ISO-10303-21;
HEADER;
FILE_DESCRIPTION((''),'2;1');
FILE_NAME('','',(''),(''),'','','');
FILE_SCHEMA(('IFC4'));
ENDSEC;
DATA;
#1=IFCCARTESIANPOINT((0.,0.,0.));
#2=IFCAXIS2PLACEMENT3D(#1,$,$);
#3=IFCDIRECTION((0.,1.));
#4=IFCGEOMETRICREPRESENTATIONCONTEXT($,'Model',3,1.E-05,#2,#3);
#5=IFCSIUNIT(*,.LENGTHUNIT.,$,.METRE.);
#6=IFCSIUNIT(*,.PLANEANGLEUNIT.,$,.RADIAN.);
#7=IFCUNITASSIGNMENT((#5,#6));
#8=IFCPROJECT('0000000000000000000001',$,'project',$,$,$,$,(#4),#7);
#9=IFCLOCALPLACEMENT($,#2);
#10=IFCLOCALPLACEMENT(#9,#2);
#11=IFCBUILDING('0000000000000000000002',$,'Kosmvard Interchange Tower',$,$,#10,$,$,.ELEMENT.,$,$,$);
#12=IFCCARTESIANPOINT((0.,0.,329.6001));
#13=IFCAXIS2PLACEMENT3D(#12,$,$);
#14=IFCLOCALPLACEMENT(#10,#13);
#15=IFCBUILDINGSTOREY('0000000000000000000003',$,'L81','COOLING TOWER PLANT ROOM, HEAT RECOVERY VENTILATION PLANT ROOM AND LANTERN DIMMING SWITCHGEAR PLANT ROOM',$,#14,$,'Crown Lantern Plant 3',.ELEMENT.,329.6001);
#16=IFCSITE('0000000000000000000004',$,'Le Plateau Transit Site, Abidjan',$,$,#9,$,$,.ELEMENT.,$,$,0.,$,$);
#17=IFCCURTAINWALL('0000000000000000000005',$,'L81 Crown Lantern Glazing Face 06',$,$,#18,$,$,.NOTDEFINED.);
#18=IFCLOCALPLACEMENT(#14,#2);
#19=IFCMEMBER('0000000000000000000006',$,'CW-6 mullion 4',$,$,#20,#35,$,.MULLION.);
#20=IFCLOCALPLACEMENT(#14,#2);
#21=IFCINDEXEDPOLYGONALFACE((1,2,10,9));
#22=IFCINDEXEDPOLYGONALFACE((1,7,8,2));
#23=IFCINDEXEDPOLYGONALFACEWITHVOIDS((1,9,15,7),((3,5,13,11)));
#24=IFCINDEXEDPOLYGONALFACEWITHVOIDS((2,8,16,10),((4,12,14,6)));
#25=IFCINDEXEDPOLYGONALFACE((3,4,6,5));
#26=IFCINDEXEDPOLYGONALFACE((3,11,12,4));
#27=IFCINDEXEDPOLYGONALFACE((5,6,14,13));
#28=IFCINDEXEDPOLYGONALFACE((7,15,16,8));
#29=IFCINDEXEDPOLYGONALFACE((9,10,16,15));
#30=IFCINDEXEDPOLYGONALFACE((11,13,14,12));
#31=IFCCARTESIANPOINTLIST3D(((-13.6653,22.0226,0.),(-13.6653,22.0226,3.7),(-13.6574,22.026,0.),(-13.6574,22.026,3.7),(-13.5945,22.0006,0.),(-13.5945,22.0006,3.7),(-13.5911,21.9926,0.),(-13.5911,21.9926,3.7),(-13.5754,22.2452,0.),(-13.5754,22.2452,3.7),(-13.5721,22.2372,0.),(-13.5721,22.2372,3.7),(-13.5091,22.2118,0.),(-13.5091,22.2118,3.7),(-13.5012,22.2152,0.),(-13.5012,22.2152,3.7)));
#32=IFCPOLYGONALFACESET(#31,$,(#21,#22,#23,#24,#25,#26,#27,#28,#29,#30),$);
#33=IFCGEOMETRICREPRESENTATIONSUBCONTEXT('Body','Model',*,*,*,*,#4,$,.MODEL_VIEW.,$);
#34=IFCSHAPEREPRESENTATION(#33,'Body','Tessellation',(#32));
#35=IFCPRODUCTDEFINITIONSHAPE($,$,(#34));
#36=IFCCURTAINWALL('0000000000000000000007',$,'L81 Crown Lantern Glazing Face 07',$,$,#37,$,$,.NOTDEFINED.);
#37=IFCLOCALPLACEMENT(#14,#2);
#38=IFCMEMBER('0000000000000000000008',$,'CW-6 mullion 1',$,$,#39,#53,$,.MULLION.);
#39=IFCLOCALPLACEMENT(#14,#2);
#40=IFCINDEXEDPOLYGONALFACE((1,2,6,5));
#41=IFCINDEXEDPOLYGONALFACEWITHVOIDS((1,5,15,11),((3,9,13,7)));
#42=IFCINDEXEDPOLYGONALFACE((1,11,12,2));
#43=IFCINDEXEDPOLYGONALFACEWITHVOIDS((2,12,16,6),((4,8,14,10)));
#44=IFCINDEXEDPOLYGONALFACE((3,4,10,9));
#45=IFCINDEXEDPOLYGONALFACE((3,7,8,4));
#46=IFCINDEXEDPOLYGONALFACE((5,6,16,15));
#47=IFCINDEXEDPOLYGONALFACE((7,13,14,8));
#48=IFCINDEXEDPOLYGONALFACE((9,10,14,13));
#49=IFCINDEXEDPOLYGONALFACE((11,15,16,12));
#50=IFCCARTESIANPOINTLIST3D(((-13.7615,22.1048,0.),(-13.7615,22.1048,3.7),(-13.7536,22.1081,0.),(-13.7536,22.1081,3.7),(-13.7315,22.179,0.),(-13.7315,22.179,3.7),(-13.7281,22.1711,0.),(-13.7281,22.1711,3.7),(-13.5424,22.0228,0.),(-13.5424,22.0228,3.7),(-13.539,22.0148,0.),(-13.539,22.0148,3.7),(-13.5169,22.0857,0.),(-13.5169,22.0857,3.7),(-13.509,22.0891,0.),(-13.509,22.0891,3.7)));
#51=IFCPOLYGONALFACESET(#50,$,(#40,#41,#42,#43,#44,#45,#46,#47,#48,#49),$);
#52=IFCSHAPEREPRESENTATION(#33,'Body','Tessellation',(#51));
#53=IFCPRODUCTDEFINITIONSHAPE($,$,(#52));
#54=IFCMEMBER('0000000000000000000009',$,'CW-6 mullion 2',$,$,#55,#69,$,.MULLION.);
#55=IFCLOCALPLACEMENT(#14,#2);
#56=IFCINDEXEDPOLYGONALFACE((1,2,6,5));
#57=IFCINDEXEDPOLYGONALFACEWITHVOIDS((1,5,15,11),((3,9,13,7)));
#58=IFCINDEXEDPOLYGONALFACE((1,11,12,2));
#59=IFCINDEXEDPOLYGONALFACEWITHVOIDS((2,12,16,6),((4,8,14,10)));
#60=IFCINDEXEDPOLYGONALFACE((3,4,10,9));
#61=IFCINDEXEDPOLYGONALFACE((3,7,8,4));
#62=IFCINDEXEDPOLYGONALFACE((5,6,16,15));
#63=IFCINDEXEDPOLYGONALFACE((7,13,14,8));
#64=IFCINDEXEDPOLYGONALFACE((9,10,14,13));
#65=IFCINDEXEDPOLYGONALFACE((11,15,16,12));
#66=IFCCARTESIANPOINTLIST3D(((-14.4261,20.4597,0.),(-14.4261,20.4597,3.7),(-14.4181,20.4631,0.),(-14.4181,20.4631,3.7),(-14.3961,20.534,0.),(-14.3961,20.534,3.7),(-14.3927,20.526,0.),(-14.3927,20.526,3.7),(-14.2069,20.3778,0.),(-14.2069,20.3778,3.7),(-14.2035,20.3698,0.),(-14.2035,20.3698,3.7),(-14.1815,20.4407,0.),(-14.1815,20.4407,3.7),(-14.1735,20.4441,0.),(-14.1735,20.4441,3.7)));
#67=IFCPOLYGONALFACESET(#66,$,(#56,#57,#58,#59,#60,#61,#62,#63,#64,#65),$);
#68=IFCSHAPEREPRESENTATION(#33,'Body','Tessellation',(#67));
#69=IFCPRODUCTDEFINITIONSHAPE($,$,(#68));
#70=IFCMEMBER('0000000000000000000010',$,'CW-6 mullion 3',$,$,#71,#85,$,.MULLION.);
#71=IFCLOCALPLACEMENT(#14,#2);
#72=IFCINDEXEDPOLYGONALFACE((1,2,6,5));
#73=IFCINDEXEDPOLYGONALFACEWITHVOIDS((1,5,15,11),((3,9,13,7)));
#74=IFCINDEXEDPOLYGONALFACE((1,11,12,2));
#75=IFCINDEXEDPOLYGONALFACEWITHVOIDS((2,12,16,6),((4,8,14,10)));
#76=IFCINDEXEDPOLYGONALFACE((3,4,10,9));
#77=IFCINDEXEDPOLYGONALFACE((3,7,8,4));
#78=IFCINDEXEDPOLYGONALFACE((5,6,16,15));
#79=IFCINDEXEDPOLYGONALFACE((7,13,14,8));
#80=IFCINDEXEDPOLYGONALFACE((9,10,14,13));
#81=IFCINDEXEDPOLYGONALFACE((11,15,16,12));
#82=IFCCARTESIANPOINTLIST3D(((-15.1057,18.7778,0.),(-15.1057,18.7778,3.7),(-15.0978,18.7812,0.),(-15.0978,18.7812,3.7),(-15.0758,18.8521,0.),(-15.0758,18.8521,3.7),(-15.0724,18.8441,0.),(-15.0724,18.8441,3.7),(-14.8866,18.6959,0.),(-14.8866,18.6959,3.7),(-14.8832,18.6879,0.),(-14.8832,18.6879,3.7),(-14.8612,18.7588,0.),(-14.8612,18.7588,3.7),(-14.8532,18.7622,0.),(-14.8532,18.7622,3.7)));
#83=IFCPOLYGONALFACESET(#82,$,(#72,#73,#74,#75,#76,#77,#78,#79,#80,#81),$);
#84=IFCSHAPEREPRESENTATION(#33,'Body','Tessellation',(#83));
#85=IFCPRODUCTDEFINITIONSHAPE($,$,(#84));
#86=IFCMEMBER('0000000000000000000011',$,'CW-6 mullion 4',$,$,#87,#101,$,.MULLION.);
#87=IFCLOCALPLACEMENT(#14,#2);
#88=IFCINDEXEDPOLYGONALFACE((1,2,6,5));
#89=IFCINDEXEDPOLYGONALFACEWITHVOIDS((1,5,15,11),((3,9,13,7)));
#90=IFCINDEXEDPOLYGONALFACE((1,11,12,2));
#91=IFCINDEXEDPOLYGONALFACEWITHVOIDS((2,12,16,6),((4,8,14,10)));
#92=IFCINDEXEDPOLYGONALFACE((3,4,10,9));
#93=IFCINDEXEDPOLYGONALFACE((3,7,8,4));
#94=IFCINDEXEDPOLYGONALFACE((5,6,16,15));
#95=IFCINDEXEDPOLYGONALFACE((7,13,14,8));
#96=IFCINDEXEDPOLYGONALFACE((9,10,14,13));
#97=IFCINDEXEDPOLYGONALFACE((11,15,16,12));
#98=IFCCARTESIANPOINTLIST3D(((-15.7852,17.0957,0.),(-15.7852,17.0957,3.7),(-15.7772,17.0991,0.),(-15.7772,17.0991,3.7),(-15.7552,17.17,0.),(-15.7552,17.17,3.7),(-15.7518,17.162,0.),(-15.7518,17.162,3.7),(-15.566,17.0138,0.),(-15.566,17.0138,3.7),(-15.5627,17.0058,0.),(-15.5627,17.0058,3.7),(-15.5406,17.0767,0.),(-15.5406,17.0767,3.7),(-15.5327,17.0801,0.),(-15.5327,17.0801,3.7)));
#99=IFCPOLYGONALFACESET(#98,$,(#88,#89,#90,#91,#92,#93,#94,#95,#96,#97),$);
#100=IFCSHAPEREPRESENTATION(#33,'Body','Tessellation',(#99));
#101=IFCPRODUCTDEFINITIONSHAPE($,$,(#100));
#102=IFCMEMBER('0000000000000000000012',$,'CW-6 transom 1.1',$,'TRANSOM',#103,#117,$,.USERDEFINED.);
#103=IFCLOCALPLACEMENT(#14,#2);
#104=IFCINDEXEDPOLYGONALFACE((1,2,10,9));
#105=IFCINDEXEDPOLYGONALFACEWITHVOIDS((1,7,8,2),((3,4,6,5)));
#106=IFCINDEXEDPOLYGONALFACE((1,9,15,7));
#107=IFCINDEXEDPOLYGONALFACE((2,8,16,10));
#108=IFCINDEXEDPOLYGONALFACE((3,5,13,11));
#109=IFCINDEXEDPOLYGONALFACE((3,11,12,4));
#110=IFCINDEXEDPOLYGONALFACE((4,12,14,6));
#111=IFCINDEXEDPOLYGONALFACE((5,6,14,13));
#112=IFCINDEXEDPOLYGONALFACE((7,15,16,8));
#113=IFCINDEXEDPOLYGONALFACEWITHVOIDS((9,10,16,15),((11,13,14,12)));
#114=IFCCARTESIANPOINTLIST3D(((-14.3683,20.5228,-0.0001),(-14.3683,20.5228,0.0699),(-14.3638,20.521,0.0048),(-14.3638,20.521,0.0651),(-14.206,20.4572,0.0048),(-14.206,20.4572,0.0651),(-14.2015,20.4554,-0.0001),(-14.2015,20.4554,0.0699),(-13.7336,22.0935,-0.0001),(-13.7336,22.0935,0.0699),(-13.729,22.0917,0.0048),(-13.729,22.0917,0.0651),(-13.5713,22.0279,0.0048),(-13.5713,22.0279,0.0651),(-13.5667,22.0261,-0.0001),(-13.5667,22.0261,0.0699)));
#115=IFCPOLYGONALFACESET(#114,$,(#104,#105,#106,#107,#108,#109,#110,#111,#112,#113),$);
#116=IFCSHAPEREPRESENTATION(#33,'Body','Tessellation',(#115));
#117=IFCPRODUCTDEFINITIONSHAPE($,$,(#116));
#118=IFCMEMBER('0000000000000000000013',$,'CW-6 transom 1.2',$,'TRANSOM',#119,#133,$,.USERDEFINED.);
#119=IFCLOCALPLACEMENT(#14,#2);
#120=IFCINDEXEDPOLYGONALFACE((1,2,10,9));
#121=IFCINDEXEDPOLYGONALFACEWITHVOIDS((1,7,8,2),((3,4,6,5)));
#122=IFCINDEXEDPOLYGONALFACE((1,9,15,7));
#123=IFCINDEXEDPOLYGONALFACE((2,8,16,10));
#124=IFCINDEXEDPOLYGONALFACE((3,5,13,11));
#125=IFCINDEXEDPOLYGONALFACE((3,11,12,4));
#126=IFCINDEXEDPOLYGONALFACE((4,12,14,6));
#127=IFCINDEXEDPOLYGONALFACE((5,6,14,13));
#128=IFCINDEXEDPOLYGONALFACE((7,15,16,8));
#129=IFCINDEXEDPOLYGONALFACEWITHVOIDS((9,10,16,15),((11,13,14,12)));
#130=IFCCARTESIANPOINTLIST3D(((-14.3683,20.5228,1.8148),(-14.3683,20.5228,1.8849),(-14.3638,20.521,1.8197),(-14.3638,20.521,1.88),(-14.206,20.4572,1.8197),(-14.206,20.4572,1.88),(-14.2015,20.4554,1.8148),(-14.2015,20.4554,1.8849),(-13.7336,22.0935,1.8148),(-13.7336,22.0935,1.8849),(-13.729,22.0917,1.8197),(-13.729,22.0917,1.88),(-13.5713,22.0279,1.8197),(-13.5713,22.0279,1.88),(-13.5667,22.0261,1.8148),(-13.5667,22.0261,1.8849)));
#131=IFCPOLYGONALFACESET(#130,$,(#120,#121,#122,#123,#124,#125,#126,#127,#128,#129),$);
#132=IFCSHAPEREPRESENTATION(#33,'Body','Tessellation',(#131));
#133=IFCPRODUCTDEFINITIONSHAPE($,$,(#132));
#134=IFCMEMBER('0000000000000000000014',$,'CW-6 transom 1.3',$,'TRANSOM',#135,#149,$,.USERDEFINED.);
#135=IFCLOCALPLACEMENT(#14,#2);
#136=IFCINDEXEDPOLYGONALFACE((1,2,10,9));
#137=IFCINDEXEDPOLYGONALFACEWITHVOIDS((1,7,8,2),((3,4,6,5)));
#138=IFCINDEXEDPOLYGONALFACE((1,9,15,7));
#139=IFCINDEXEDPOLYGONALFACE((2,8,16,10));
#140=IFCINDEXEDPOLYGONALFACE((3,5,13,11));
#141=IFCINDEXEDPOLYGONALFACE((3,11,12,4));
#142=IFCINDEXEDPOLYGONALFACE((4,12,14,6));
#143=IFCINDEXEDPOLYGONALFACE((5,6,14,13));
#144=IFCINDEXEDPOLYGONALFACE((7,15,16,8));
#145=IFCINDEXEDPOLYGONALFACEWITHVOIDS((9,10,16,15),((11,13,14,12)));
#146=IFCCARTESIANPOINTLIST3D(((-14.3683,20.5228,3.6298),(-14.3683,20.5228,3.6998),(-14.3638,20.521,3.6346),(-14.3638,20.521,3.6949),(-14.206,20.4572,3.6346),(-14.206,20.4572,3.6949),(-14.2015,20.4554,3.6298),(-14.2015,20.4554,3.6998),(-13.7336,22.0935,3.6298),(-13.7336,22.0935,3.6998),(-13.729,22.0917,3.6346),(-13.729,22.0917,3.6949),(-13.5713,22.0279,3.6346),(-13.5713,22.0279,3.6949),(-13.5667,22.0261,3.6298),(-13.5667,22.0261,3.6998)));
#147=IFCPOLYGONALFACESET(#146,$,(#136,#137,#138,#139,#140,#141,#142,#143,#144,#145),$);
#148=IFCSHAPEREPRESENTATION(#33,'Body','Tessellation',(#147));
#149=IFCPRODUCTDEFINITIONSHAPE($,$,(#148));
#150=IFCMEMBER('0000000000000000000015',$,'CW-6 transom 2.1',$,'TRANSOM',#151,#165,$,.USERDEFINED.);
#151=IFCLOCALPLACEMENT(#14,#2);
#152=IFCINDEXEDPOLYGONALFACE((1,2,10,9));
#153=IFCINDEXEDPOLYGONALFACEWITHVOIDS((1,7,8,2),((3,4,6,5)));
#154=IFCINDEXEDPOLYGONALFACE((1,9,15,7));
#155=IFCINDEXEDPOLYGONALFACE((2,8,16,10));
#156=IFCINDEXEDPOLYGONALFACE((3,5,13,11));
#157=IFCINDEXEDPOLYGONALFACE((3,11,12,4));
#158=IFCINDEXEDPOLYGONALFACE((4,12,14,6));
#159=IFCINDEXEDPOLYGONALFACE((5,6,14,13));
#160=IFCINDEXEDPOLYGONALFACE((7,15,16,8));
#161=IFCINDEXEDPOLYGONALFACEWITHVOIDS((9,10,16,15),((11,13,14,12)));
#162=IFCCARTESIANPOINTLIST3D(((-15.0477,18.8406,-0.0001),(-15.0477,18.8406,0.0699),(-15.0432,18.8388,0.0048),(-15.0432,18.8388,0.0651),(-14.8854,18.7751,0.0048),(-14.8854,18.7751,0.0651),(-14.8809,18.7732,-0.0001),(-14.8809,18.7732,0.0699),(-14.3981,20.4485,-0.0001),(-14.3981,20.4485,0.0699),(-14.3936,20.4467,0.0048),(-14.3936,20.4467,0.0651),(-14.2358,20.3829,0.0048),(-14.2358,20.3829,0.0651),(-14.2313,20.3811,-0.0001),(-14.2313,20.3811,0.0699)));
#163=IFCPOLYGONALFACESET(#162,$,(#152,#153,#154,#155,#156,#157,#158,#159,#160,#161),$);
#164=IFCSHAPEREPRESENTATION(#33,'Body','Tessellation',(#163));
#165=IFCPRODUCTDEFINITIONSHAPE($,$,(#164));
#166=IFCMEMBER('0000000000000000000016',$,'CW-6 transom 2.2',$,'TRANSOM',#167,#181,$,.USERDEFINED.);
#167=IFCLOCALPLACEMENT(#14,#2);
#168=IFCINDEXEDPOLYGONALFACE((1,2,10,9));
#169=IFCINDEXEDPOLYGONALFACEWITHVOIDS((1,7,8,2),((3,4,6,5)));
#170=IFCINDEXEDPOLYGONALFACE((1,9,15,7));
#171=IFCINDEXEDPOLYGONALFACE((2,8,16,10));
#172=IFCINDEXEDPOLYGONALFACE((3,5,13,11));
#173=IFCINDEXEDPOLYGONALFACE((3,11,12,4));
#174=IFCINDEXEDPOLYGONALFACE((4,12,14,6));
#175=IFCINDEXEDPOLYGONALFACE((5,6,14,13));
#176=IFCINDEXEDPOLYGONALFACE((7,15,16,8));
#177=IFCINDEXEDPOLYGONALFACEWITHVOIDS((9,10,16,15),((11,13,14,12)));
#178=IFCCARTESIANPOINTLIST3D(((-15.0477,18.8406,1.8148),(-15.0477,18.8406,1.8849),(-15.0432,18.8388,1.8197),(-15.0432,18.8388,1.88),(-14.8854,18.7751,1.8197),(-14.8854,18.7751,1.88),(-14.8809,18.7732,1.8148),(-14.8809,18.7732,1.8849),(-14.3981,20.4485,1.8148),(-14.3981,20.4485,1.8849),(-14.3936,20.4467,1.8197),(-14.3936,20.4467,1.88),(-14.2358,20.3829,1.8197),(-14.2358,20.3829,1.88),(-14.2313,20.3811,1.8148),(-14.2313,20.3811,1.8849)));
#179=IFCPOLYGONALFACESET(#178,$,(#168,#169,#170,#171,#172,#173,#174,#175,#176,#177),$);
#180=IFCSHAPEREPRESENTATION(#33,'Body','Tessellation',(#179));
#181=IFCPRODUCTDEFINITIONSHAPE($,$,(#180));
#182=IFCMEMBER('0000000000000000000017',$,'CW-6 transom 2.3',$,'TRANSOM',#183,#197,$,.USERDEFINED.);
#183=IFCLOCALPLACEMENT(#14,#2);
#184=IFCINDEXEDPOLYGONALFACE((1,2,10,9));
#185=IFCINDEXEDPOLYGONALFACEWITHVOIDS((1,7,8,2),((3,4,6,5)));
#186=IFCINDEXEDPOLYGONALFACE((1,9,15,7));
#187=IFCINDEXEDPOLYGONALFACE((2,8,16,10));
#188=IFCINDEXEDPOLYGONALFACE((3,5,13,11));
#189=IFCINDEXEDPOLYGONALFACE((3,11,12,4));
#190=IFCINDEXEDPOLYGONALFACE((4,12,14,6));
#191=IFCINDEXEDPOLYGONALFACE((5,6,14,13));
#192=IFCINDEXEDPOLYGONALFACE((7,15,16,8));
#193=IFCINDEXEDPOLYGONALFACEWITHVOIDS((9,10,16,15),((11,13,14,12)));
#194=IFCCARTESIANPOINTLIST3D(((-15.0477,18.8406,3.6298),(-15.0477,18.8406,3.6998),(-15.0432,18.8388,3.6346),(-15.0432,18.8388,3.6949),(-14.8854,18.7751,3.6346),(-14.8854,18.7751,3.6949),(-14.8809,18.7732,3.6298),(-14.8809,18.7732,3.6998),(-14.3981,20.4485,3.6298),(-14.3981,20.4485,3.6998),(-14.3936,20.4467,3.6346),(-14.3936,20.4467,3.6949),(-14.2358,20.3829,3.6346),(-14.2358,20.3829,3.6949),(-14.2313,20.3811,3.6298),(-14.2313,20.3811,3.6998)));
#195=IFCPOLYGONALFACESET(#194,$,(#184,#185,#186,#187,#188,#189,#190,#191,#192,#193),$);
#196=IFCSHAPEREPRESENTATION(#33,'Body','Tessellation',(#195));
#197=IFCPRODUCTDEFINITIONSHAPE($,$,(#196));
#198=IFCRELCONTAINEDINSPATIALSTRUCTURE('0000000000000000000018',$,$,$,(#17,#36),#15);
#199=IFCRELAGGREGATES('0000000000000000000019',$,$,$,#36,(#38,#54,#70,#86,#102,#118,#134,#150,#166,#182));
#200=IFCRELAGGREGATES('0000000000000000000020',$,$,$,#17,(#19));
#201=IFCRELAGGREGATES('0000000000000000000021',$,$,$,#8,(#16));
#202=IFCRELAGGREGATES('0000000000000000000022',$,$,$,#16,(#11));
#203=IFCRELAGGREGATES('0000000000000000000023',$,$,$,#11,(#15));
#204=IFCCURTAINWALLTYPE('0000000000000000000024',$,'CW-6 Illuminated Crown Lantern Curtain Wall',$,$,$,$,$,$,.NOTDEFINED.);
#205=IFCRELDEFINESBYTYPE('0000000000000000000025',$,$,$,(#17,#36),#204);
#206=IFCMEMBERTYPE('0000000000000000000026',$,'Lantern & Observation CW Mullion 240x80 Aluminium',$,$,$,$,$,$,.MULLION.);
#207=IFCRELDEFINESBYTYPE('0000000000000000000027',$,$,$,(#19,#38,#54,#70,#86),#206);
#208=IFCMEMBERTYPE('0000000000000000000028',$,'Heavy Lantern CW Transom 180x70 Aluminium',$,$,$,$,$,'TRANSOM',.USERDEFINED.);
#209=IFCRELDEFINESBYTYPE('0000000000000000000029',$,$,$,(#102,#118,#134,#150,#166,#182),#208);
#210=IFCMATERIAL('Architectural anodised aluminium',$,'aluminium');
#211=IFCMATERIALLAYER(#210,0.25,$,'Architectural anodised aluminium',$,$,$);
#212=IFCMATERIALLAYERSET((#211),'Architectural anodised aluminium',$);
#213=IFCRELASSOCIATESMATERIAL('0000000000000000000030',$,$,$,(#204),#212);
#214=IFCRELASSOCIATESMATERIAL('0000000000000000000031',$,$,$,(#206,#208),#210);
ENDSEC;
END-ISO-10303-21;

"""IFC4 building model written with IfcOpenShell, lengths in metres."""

from ifc_helpers import new_model, si_unit, direction, frame, origin, origin_2d, place, context, subcontext, project, spatial, hollow_rectangle, extrude, source, transform, mapped, material, layer, layer_set, material_profile, profile_set, type_object, element, aggregate, save


model = new_model("IFC4")

# Units and contexts
model_context = context("Model", 3, precision=1e-05, world=origin(), true_north=direction((0.0, 1.0)))
body_context = subcontext(model_context, "Body", "Model", "MODEL_VIEW")
ifc_project = project(units=[si_unit("LENGTHUNIT", "METRE"), si_unit("PLANEANGLEUNIT", "RADIAN")], contexts=[model_context])

# Site, building, storey
site_placement = place(None, origin())
site = spatial("IfcSite", under=ifc_project, at=site_placement, Name="Le Plateau Transit Site, Abidjan", CompositionType="ELEMENT", RefElevation=0.0)
building_placement = place(site_placement, origin())
building = spatial("IfcBuilding", under=site, at=building_placement, Name="Kosmvard Interchange Tower", CompositionType="ELEMENT")
storey_placement = place(building_placement, frame((0.0, 0.0, 329.6001)))
storey = spatial("IfcBuildingStorey", under=building, at=storey_placement, Name="L81", Description="COOLING TOWER PLANT ROOM, HEAT RECOVERY VENTILATION PLANT ROOM AND LANTERN DIMMING SWITCHGEAR PLANT ROOM", LongName="Crown Lantern Plant 3", CompositionType="ELEMENT", Elevation=329.6001)

# Curtain wall, member
ifc_material_1 = material(Name="Architectural anodised aluminium", Category="aluminium")
ifc_layer_1 = layer(ifc_material_1, 0.25, Name="Architectural anodised aluminium")
ifc_layer_set_1 = layer_set([ifc_layer_1], Name="Architectural anodised aluminium")
curtain_wall_type = type_object("IfcCurtainWallType", Name="CW-6 Illuminated Crown Lantern Curtain Wall", PredefinedType="NOTDEFINED", material=ifc_layer_set_1)
curtain_wall_1_placement = place(storey_placement, origin())
curtain_wall_1 = element("IfcCurtainWall", 1, at=curtain_wall_1_placement, inside=storey, type_object=curtain_wall_type, Name="L81 Crown Lantern Glazing Face 06", PredefinedType="NOTDEFINED")
ifc_material_profile_1 = material_profile(ifc_material_1, hollow_rectangle(XDim=0.24, YDim=0.0801, WallThickness=0.0061, at=origin_2d()), Name="CWM 240x80x6")
ifc_profile_set_1 = profile_set([ifc_material_profile_1], Name="Architectural anodised aluminium")
member_type_1 = type_object("IfcMemberType", Name="Lantern & Observation CW Mullion 240x80 Aluminium", PredefinedType="MULLION", material=ifc_profile_set_1)
shared_shape_1 = source(origin(), body_context, "Body", "SweptSolid", [
    extrude(hollow_rectangle(XDim=0.24, YDim=0.0801, WallThickness=0.0061, at=origin_2d()), origin(), (0.0, 0.0, 1.0), 3.7),
])
member_1_placement = place(storey_placement, frame((-13.5833, 22.1189, 0.0), z_axis=(0.0, 0.0, 1.0), x_axis=(-0.374607, -0.927184, 0.0)))
member_1 = element("IfcMember", 2, at=member_1_placement, type_object=member_type_1, Name="CW-6 mullion 4", PredefinedType="MULLION", context=body_context, shape_type="MappedRepresentation", body=[
    mapped(shared_shape_1, transform((0.0, 0.0, 0.0), scale=1.0)),
])

# Curtain wall, members
curtain_wall_2_placement = place(storey_placement, origin())
curtain_wall_2 = element("IfcCurtainWall", 3, at=curtain_wall_2_placement, inside=storey, type_object=curtain_wall_type, Name="L81 Crown Lantern Glazing Face 07", PredefinedType="NOTDEFINED")
member_2_placement = place(storey_placement, frame((-13.6353, 22.0969, 0.0), z_axis=(0.0, 0.0, 1.0), x_axis=(0.927184, -0.374607, 0.0)))
member_2 = element("IfcMember", 4, at=member_2_placement, type_object=member_type_1, Name="CW-6 mullion 1", PredefinedType="MULLION", context=body_context, shape_type="MappedRepresentation", body=[
    mapped(shared_shape_1, transform((0.0, 0.0, 0.0), scale=1.0)),
])
member_3_placement = place(storey_placement, frame((-14.2998, 20.4519, 0.0), z_axis=(0.0, 0.0, 1.0), x_axis=(0.927184, -0.374607, 0.0)))
member_3 = element("IfcMember", 5, at=member_3_placement, type_object=member_type_1, Name="CW-6 mullion 2", PredefinedType="MULLION", context=body_context, shape_type="MappedRepresentation", body=[
    mapped(shared_shape_1, transform((0.0, 0.0, 0.0), scale=1.0)),
])
member_4_placement = place(storey_placement, frame((-14.9795, 18.77, 0.0), z_axis=(0.0, 0.0, 1.0), x_axis=(0.927184, -0.374607, 0.0)))
member_4 = element("IfcMember", 6, at=member_4_placement, type_object=member_type_1, Name="CW-6 mullion 3", PredefinedType="MULLION", context=body_context, shape_type="MappedRepresentation", body=[
    mapped(shared_shape_1, transform((0.0, 0.0, 0.0), scale=1.0)),
])
member_5_placement = place(storey_placement, frame((-15.6589, 17.0879, 0.0), z_axis=(0.0, 0.0, 1.0), x_axis=(0.927184, -0.374607, 0.0)))
member_5 = element("IfcMember", 7, at=member_5_placement, type_object=member_type_1, Name="CW-6 mullion 4", PredefinedType="MULLION", context=body_context, shape_type="MappedRepresentation", body=[
    mapped(shared_shape_1, transform((0.0, 0.0, 0.0), scale=1.0)),
])
ifc_material_profile_2 = material_profile(ifc_material_1, hollow_rectangle(XDim=0.1799, YDim=0.0701, WallThickness=0.0049, at=origin_2d()), Name="CWT 180x70x5")
ifc_profile_set_2 = profile_set([ifc_material_profile_2], Name="Architectural anodised aluminium")
member_type_2 = type_object("IfcMemberType", Name="Heavy Lantern CW Transom 180x70 Aluminium", ElementType="TRANSOM", PredefinedType="USERDEFINED", material=ifc_profile_set_2)
shared_shape_2 = source(origin(), body_context, "Body", "SweptSolid", [
    extrude(hollow_rectangle(XDim=0.1799, YDim=0.0701, WallThickness=0.0049, at=origin_2d()), origin(), (0.0, 0.0, 1.0), 1.6941),
])
member_6_placement = place(storey_placement, frame((-13.6501, 22.0598, 0.0349), z_axis=(-0.374668, -0.927159, 0.0), x_axis=(0.927159, -0.374668, 0.0)))
member_6 = element("IfcMember", 8, at=member_6_placement, type_object=member_type_2, Name="CW-6 transom 1.1", ObjectType="TRANSOM", PredefinedType="USERDEFINED", context=body_context, shape_type="MappedRepresentation", body=[
    mapped(shared_shape_2, transform((0.0, 0.0, 0.0), scale=1.0)),
])
member_7_placement = place(storey_placement, frame((-13.6501, 22.0598, 1.8499), z_axis=(-0.374668, -0.927159, 0.0), x_axis=(0.927159, -0.374668, 0.0)))
member_7 = element("IfcMember", 9, at=member_7_placement, type_object=member_type_2, Name="CW-6 transom 1.2", ObjectType="TRANSOM", PredefinedType="USERDEFINED", context=body_context, shape_type="MappedRepresentation", body=[
    mapped(shared_shape_2, transform((0.0, 0.0, 0.0), scale=1.0)),
])
member_8_placement = place(storey_placement, frame((-13.6501, 22.0598, 3.6648), z_axis=(-0.374668, -0.927159, 0.0), x_axis=(0.927159, -0.374668, 0.0)))
member_8 = element("IfcMember", 10, at=member_8_placement, type_object=member_type_2, Name="CW-6 transom 1.3", ObjectType="TRANSOM", PredefinedType="USERDEFINED", context=body_context, shape_type="MappedRepresentation", body=[
    mapped(shared_shape_2, transform((0.0, 0.0, 0.0), scale=1.0)),
])
shared_shape_3 = source(origin(), body_context, "Body", "SweptSolid", [
    extrude(hollow_rectangle(XDim=0.1799, YDim=0.0701, WallThickness=0.0049, at=origin_2d()), origin(), (0.0, 0.0, 1.0), 1.7341),
])
member_9_placement = place(storey_placement, frame((-14.3147, 20.4148, 0.0349), z_axis=(-0.374617, -0.92718, 0.0), x_axis=(0.92718, -0.374617, 0.0)))
member_9 = element("IfcMember", 11, at=member_9_placement, type_object=member_type_2, Name="CW-6 transom 2.1", ObjectType="TRANSOM", PredefinedType="USERDEFINED", context=body_context, shape_type="MappedRepresentation", body=[
    mapped(shared_shape_3, transform((0.0, 0.0, 0.0), scale=1.0)),
])
member_10_placement = place(storey_placement, frame((-14.3147, 20.4148, 1.8499), z_axis=(-0.374617, -0.92718, 0.0), x_axis=(0.92718, -0.374617, 0.0)))
member_10 = element("IfcMember", 12, at=member_10_placement, type_object=member_type_2, Name="CW-6 transom 2.2", ObjectType="TRANSOM", PredefinedType="USERDEFINED", context=body_context, shape_type="MappedRepresentation", body=[
    mapped(shared_shape_3, transform((0.0, 0.0, 0.0), scale=1.0)),
])
member_11_placement = place(storey_placement, frame((-14.3147, 20.4148, 3.6648), z_axis=(-0.374617, -0.92718, 0.0), x_axis=(0.92718, -0.374617, 0.0)))
member_11 = element("IfcMember", 13, at=member_11_placement, type_object=member_type_2, Name="CW-6 transom 2.3", ObjectType="TRANSOM", PredefinedType="USERDEFINED", context=body_context, shape_type="MappedRepresentation", body=[
    mapped(shared_shape_3, transform((0.0, 0.0, 0.0), scale=1.0)),
])
aggregate(curtain_wall_2, [member_2, member_3, member_4, member_5, member_6, member_7, member_8, member_9, member_10, member_11])

aggregate(curtain_wall_1, [member_1])

save(model, "model.ifc")
